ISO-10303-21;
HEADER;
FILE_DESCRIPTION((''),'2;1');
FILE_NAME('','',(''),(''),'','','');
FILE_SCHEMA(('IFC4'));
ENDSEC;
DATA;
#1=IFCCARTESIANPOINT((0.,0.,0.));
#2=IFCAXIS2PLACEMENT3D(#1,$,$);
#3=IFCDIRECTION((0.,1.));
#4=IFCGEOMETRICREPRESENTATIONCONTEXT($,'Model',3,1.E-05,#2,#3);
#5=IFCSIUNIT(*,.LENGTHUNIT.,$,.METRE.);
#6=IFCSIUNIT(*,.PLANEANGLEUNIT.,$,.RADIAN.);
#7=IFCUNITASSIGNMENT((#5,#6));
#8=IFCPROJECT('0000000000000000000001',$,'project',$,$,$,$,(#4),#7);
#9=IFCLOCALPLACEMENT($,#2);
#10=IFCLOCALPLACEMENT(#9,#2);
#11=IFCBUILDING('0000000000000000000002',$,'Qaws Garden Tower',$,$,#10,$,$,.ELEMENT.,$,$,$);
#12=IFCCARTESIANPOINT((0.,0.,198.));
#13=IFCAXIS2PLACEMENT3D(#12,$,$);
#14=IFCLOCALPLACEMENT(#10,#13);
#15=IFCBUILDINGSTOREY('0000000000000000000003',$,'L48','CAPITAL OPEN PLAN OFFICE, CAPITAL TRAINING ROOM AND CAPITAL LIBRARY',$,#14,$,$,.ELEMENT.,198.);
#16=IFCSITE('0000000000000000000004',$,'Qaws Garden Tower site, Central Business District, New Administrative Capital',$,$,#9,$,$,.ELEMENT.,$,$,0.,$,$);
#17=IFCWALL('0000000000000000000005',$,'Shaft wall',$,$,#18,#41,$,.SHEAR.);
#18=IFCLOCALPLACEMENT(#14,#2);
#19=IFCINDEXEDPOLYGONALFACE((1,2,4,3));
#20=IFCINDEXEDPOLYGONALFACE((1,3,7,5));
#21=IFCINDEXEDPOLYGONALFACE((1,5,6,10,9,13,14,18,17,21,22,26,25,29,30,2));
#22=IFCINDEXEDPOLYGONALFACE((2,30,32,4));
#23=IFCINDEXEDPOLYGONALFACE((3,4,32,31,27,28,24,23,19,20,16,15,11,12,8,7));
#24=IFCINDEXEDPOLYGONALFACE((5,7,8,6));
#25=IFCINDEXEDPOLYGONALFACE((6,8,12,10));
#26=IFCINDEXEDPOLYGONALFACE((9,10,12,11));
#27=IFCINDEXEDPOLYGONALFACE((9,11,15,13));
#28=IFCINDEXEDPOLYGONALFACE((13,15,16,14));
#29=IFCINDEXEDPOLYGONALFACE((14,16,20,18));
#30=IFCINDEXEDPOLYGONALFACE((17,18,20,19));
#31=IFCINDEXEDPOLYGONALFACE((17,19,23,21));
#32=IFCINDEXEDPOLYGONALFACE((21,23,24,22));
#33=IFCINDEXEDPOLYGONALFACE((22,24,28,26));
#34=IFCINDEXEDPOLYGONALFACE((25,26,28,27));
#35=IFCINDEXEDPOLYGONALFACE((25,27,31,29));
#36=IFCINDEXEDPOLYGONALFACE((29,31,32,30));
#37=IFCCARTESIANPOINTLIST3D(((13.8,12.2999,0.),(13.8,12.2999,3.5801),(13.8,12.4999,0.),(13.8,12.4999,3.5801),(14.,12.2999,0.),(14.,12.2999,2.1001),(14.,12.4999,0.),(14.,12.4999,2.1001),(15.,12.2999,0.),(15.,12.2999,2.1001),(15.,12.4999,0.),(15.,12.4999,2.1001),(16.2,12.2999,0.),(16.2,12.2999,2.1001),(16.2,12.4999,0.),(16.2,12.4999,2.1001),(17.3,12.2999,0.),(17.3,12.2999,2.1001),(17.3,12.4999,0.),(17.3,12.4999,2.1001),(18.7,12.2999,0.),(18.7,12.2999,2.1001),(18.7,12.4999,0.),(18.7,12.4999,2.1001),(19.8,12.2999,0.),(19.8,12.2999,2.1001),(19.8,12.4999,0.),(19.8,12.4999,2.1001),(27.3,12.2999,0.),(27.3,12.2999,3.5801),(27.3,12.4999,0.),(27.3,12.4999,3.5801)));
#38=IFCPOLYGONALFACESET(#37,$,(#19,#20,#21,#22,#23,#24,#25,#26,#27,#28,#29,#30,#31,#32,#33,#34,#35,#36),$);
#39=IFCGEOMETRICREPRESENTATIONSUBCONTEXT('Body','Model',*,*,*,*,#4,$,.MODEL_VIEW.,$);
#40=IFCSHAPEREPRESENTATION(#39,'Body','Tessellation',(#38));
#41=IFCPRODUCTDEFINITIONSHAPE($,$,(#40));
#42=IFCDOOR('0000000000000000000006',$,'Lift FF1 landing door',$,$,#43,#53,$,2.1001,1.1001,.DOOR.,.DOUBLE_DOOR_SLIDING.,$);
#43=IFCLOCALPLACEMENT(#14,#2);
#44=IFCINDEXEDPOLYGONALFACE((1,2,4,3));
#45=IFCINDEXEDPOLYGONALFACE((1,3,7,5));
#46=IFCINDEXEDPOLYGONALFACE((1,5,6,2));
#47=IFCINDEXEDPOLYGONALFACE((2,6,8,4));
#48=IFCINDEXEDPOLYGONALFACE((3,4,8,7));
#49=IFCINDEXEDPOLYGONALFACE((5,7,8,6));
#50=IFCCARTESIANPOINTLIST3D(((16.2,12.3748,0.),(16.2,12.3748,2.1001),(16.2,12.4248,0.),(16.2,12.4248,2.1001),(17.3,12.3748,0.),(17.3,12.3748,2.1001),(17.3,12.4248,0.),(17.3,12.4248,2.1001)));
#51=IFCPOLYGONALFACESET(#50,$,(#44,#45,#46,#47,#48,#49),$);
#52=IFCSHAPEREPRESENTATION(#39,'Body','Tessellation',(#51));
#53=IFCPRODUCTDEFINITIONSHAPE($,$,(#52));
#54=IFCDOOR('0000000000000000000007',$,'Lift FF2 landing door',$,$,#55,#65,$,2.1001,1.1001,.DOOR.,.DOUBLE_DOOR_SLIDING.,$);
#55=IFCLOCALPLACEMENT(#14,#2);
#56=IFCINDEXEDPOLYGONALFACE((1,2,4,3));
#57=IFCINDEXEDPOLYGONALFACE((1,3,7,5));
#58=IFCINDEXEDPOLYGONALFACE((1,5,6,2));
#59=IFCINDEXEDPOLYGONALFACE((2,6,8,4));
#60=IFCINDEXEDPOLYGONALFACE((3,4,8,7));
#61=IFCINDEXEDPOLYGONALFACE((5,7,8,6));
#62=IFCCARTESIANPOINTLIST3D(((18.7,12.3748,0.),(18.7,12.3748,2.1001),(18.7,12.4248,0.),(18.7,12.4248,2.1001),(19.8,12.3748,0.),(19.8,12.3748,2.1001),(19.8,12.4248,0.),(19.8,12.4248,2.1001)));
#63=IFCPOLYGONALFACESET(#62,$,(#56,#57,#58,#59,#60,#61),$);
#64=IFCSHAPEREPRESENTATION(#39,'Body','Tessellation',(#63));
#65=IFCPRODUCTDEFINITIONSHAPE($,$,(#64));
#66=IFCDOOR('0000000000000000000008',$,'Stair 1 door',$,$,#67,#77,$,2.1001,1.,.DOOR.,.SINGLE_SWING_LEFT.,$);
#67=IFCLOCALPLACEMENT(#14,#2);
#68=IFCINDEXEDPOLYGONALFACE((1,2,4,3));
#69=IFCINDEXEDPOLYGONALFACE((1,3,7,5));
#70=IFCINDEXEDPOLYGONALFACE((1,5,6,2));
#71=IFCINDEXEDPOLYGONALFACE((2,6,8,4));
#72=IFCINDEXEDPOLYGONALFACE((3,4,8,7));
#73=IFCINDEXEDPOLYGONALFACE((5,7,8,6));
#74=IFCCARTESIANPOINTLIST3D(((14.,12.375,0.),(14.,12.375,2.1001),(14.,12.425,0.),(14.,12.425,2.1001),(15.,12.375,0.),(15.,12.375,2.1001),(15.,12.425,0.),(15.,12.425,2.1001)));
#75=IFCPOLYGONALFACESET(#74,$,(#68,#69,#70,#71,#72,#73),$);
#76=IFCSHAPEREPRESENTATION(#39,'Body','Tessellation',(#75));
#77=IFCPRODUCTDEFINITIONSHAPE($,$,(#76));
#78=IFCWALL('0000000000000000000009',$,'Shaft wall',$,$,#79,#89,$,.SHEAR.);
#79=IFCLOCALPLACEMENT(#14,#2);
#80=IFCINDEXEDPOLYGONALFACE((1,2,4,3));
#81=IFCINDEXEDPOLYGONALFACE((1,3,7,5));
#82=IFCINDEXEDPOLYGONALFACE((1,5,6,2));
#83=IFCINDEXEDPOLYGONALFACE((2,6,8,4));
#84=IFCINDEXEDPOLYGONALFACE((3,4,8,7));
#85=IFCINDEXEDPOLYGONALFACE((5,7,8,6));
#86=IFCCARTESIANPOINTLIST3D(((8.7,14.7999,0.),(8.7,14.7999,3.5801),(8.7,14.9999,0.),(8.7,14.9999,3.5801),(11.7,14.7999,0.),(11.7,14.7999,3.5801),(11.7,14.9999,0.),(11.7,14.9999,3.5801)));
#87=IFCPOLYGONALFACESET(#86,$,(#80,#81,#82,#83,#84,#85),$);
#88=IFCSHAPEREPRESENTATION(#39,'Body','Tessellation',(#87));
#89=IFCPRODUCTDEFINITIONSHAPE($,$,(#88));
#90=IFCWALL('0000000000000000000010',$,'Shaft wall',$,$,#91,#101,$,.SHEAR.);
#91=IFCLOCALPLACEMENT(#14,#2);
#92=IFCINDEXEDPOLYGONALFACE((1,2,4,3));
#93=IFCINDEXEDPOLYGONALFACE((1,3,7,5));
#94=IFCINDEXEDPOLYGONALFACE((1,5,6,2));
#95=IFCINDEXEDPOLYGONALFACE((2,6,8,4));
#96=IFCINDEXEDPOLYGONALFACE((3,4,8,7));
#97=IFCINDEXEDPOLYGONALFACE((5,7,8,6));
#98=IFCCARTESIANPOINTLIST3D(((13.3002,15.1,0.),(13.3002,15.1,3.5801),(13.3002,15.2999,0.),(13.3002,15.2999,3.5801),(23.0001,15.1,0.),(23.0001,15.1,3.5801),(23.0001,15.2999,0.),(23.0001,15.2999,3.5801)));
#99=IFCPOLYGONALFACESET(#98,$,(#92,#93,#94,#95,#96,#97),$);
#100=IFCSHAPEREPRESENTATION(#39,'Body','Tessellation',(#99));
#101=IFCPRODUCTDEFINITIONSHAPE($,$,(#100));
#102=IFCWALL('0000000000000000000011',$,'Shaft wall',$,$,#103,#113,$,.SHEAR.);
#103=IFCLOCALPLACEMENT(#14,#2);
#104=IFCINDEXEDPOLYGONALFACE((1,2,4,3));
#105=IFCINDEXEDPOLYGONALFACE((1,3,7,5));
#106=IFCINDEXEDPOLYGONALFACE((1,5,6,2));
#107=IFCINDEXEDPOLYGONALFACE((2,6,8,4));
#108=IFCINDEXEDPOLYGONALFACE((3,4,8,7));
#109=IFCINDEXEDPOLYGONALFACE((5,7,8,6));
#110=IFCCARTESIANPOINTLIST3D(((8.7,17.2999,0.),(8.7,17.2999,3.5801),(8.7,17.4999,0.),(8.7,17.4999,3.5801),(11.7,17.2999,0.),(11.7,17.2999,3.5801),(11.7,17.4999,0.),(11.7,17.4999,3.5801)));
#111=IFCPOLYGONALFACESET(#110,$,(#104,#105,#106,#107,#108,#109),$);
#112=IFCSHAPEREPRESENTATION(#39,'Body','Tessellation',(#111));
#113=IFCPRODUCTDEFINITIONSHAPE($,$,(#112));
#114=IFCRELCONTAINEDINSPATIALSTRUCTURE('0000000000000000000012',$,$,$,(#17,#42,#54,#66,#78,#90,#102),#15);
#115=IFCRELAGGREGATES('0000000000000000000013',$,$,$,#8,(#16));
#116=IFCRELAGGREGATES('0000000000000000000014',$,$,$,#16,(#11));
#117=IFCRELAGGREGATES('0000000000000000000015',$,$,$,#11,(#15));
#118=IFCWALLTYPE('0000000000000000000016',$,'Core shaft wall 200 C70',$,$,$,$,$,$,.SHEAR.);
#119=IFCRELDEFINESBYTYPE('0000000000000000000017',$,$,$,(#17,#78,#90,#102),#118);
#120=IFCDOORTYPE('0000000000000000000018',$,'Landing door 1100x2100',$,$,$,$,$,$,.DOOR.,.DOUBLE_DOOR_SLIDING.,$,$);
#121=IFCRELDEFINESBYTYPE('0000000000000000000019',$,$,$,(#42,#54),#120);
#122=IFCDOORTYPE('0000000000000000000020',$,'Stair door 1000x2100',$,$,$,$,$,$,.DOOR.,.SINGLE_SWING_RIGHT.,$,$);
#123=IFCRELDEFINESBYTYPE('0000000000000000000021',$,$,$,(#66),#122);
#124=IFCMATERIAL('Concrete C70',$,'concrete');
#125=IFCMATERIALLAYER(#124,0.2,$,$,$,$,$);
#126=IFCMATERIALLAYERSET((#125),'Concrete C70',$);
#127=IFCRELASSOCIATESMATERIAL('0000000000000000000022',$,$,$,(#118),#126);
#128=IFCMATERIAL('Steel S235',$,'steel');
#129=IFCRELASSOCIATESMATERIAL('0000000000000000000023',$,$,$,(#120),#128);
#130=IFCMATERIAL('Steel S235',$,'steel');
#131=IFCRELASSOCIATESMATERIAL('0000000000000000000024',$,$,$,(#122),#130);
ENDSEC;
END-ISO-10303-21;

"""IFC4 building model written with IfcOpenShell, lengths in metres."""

from ifc_helpers import new_model, si_unit, direction, frame, frame_2d, origin, place, context, subcontext, project, spatial, rectangle, extrude, material, layer, layer_set, type_object, element, fill, save


model = new_model("IFC4")

# Units and contexts
model_context = context("Model", 3, precision=1e-05, world=origin(), true_north=direction((0.0, 1.0)))
body_context = subcontext(model_context, "Body", "Model", "MODEL_VIEW")
ifc_project = project(units=[si_unit("LENGTHUNIT", "METRE"), si_unit("PLANEANGLEUNIT", "RADIAN")], contexts=[model_context])

# Site, building, storey
site_placement = place(None, origin())
site = spatial("IfcSite", under=ifc_project, at=site_placement, Name="Qaws Garden Tower site, Central Business District, New Administrative Capital", CompositionType="ELEMENT", RefElevation=0.0)
building_placement = place(site_placement, origin())
building = spatial("IfcBuilding", under=site, at=building_placement, Name="Qaws Garden Tower", CompositionType="ELEMENT")
storey_placement = place(building_placement, frame((0.0, 0.0, 198.0)))
storey = spatial("IfcBuildingStorey", under=building, at=storey_placement, Name="L48", Description="CAPITAL OPEN PLAN OFFICE, CAPITAL TRAINING ROOM AND CAPITAL LIBRARY", CompositionType="ELEMENT", Elevation=198.0)

# Shared definitions
ifc_material_1 = material(Name="Concrete C70", Category="concrete")
ifc_layer_1 = layer(ifc_material_1, 0.2)
ifc_layer_set_1 = layer_set([ifc_layer_1], Name="Concrete C70")
wall_type_1 = type_object("IfcWallType", Name="Core shaft wall 200 C70", PredefinedType="SHEAR", material=ifc_layer_set_1)

# Wall, openings, doors
wall_1_placement = place(storey_placement, frame((13.8, 12.3999, 0.0), z_axis=(0.0, 0.0, 1.0), x_axis=(1.0, 0.0, 0.0)))
wall_1 = element("IfcWall", 1, at=wall_1_placement, inside=storey, type_object=wall_type_1, Name="Shaft wall", PredefinedType="SHEAR", context=body_context, shape_type="SweptSolid", body=[
    extrude(rectangle(XDim=13.5, YDim=0.2, at=frame_2d((6.75, 0.0))), origin(), (0.0, 0.0, 1.0), 3.5801),
])
opening_1_placement = place(wall_1_placement, frame((2.3999, 0.0, 0.0)))
opening_1 = element("IfcOpeningElement", 2, at=opening_1_placement, cuts=wall_1, PredefinedType="OPENING", context=body_context, shape_type="SweptSolid", body=[
    extrude(rectangle(XDim=1.1001, YDim=2.1001, at=frame_2d((0.55, 1.05))), frame((0.0, 0.1099, 0.0), z_axis=(0.0, -1.0, 0.0), x_axis=(1.0, 0.0, 0.0)), (0.0, 0.0, 1.0), 0.22),
])
opening_2_placement = place(wall_1_placement, frame((4.8999, 0.0, 0.0)))
opening_2 = element("IfcOpeningElement", 3, at=opening_2_placement, cuts=wall_1, PredefinedType="OPENING", context=body_context, shape_type="SweptSolid", body=[
    extrude(rectangle(XDim=1.1001, YDim=2.1001, at=frame_2d((0.55, 1.05))), frame((0.0, 0.1099, 0.0), z_axis=(0.0, -1.0, 0.0), x_axis=(1.0, 0.0, 0.0)), (0.0, 0.0, 1.0), 0.22),
])
opening_3_placement = place(wall_1_placement, frame((0.2, 0.0, 0.0)))
opening_3 = element("IfcOpeningElement", 4, at=opening_3_placement, cuts=wall_1, PredefinedType="OPENING", context=body_context, shape_type="SweptSolid", body=[
    extrude(rectangle(XDim=1.0, YDim=2.1001, at=frame_2d((0.5, 1.05))), frame((0.0, 0.1099, 0.0), z_axis=(0.0, -1.0, 0.0), x_axis=(1.0, 0.0, 0.0)), (0.0, 0.0, 1.0), 0.22),
])
ifc_material_2 = material(Name="Steel S235", Category="steel")
door_type_1 = type_object("IfcDoorType", Name="Landing door 1100x2100", OperationType="DOUBLE_DOOR_SLIDING", PredefinedType="DOOR", material=ifc_material_2)
door_1_placement = place(opening_1_placement, origin())
door_1 = element("IfcDoor", 5, at=door_1_placement, inside=storey, type_object=door_type_1, Name="Lift FF1 landing door", OperationType="DOUBLE_DOOR_SLIDING", OverallHeight=2.1001, OverallWidth=1.1001, PredefinedType="DOOR", context=body_context, shape_type="SweptSolid", body=[
    extrude(rectangle(XDim=1.1001, YDim=2.1001, at=frame_2d((0.55, 1.05))), frame((0.0, 0.0249, 0.0), z_axis=(0.0, -1.0, 0.0), x_axis=(1.0, 0.0, 0.0)), (0.0, 0.0, 1.0), 0.05),
])
fill(opening_1, door_1)
door_2_placement = place(opening_2_placement, origin())
door_2 = element("IfcDoor", 6, at=door_2_placement, inside=storey, type_object=door_type_1, Name="Lift FF2 landing door", OperationType="DOUBLE_DOOR_SLIDING", OverallHeight=2.1001, OverallWidth=1.1001, PredefinedType="DOOR", context=body_context, shape_type="SweptSolid", body=[
    extrude(rectangle(XDim=1.1001, YDim=2.1001, at=frame_2d((0.55, 1.05))), frame((0.0, 0.0249, 0.0), z_axis=(0.0, -1.0, 0.0), x_axis=(1.0, 0.0, 0.0)), (0.0, 0.0, 1.0), 0.05),
])
fill(opening_2, door_2)
ifc_material_3 = material(Name="Steel S235", Category="steel")
door_type_2 = type_object("IfcDoorType", Name="Stair door 1000x2100", OperationType="SINGLE_SWING_RIGHT", PredefinedType="DOOR", material=ifc_material_3)
door_3_placement = place(opening_3_placement, frame((1.0, 0.0, 0.0), z_axis=(0.0, 0.0, 1.0), x_axis=(-1.0, 0.0, 0.0)))
door_3 = element("IfcDoor", 7, at=door_3_placement, inside=storey, type_object=door_type_2, Name="Stair 1 door", OperationType="SINGLE_SWING_LEFT", OverallHeight=2.1001, OverallWidth=1.0, PredefinedType="DOOR", context=body_context, shape_type="SweptSolid", body=[
    extrude(rectangle(XDim=1.0, YDim=2.1001, at=frame_2d((0.5, 1.05))), frame((0.0, 0.0249, 0.0), z_axis=(0.0, -1.0, 0.0), x_axis=(1.0, 0.0, 0.0)), (0.0, 0.0, 1.0), 0.05),
])
fill(opening_3, door_3)

# Walls
wall_2_placement = place(storey_placement, frame((8.7, 14.8999, 0.0), z_axis=(0.0, 0.0, 1.0), x_axis=(1.0, 0.0, 0.0)))
element("IfcWall", 8, at=wall_2_placement, inside=storey, type_object=wall_type_1, Name="Shaft wall", PredefinedType="SHEAR", context=body_context, shape_type="SweptSolid", body=[
    extrude(rectangle(XDim=3.0, YDim=0.2, at=frame_2d((1.5, 0.0))), origin(), (0.0, 0.0, 1.0), 3.5801),
])
wall_3_placement = place(storey_placement, frame((13.3, 15.2, 0.0), z_axis=(0.0, 0.0, 1.0), x_axis=(1.0, 0.0, 0.0)))
element("IfcWall", 9, at=wall_3_placement, inside=storey, type_object=wall_type_1, Name="Shaft wall", PredefinedType="SHEAR", context=body_context, shape_type="SweptSolid", body=[
    extrude(rectangle(XDim=9.7, YDim=0.2, at=frame_2d((4.8501, 0.0))), origin(), (0.0, 0.0, 1.0), 3.5801),
])
wall_4_placement = place(storey_placement, frame((8.7, 17.3999, 0.0), z_axis=(0.0, 0.0, 1.0), x_axis=(1.0, 0.0, 0.0)))
element("IfcWall", 10, at=wall_4_placement, inside=storey, type_object=wall_type_1, Name="Shaft wall", PredefinedType="SHEAR", context=body_context, shape_type="SweptSolid", body=[
    extrude(rectangle(XDim=3.0, YDim=0.2, at=frame_2d((1.5, 0.0))), origin(), (0.0, 0.0, 1.0), 3.5801),
])

save(model, "model.ifc")
